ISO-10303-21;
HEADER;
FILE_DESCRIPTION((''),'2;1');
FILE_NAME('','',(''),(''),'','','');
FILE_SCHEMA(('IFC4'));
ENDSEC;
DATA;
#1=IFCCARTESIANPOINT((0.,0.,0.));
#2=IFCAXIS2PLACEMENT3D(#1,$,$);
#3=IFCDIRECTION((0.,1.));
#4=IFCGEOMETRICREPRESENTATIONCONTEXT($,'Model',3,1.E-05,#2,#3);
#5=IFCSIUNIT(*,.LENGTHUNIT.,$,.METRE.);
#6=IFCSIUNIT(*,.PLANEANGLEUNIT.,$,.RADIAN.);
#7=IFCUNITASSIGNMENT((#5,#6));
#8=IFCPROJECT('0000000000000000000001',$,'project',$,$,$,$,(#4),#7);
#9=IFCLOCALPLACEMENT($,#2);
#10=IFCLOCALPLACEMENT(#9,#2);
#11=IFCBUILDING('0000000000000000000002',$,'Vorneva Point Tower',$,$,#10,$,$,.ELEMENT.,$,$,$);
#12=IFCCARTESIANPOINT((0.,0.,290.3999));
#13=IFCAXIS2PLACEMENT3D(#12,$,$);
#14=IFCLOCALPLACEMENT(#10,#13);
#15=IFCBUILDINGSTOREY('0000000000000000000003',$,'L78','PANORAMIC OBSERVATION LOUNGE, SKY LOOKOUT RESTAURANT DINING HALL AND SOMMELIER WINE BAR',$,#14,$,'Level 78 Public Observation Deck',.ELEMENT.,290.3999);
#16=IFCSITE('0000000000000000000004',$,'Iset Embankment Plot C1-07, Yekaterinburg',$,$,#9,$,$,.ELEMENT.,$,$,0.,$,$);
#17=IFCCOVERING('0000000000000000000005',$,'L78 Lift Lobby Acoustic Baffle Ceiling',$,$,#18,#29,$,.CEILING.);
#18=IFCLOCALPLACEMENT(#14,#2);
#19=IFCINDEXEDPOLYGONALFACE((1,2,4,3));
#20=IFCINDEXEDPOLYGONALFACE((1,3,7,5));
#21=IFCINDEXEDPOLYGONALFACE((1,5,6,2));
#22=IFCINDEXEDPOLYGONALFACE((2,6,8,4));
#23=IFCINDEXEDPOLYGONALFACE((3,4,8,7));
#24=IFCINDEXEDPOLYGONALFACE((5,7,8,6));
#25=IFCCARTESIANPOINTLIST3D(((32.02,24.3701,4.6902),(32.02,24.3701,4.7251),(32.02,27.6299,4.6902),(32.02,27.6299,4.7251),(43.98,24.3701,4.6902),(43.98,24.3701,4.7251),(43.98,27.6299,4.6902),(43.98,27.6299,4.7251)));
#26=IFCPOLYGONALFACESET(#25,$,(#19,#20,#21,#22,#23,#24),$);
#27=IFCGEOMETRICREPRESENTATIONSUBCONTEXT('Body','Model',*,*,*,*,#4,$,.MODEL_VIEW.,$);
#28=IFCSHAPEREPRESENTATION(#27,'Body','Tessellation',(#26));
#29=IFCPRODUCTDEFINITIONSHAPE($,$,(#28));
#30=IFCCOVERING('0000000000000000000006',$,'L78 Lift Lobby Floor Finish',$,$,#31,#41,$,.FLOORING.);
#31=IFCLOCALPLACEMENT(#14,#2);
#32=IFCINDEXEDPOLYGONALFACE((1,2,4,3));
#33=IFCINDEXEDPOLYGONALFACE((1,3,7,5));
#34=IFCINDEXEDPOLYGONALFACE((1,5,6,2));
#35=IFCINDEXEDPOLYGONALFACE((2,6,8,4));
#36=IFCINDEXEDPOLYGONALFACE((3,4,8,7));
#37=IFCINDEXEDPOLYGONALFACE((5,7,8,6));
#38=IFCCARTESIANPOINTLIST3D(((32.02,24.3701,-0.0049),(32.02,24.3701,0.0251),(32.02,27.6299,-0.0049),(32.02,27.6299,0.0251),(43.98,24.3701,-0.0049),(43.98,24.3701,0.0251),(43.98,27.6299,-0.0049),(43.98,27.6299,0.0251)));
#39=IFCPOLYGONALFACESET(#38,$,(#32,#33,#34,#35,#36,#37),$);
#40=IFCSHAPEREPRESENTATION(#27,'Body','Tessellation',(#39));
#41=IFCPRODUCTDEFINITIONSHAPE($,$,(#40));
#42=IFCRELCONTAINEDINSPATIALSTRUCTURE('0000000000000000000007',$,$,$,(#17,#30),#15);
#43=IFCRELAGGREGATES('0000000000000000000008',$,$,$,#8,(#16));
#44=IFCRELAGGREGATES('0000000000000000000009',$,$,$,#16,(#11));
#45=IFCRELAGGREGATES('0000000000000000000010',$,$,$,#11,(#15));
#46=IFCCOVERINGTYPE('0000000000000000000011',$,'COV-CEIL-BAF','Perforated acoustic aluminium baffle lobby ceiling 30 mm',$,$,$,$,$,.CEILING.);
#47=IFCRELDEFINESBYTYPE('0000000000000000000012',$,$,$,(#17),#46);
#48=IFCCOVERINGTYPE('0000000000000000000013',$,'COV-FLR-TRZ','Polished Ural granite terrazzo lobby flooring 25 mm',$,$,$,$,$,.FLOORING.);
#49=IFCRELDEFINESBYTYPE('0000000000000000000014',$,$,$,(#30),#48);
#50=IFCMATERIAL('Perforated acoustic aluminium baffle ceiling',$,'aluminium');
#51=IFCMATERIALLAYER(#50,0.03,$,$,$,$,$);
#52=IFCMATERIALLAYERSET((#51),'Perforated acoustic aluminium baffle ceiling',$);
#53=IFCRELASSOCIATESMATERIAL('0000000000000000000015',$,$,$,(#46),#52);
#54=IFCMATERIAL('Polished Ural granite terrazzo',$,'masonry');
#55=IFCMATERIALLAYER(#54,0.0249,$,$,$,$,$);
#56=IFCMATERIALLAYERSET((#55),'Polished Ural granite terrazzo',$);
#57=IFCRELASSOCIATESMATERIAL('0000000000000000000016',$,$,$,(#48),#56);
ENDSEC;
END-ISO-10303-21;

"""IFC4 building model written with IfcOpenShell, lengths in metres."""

from ifc_helpers import new_model, si_unit, direction, frame, origin, place, context, subcontext, project, spatial, polyline, outline, extrude, material, layer, layer_set, type_object, element, save


model = new_model("IFC4")

# Units and contexts
model_context = context("Model", 3, precision=1e-05, world=origin(), true_north=direction((0.0, 1.0)))
body_context = subcontext(model_context, "Body", "Model", "MODEL_VIEW")
ifc_project = project(units=[si_unit("LENGTHUNIT", "METRE"), si_unit("PLANEANGLEUNIT", "RADIAN")], contexts=[model_context])

# Site, building, storey
site_placement = place(None, origin())
site = spatial("IfcSite", under=ifc_project, at=site_placement, Name="Iset Embankment Plot C1-07, Yekaterinburg", CompositionType="ELEMENT", RefElevation=0.0)
building_placement = place(site_placement, origin())
building = spatial("IfcBuilding", under=site, at=building_placement, Name="Vorneva Point Tower", CompositionType="ELEMENT")
storey_placement = place(building_placement, frame((0.0, 0.0, 290.3999)))
storey = spatial("IfcBuildingStorey", under=building, at=storey_placement, Name="L78", Description="PANORAMIC OBSERVATION LOUNGE, SKY LOOKOUT RESTAURANT DINING HALL AND SOMMELIER WINE BAR", LongName="Level 78 Public Observation Deck", CompositionType="ELEMENT", Elevation=290.3999)

# Coverings
ifc_material_1 = material(Name="Perforated acoustic aluminium baffle ceiling", Category="aluminium")
ifc_layer_1 = layer(ifc_material_1, 0.03)
ifc_layer_set_1 = layer_set([ifc_layer_1], Name="Perforated acoustic aluminium baffle ceiling")
covering_type_1 = type_object("IfcCoveringType", Name="COV-CEIL-BAF", Description="Perforated acoustic aluminium baffle lobby ceiling 30 mm", PredefinedType="CEILING", material=ifc_layer_set_1)
covering_1_placement = place(storey_placement, frame((0.0, 0.0, 4.6902)))
element("IfcCovering", 1, at=covering_1_placement, inside=storey, type_object=covering_type_1, Name="L78 Lift Lobby Acoustic Baffle Ceiling", PredefinedType="CEILING", context=body_context, shape_type="SweptSolid", body=[
    extrude(outline(polyline([(32.02, 24.3701), (43.98, 24.3701), (43.98, 27.6299), (32.02, 27.6299), (32.02, 24.3701)])), origin(), (0.0, 0.0, 1.0), 0.0349),
])
ifc_material_2 = material(Name="Polished Ural granite terrazzo", Category="masonry")
ifc_layer_2 = layer(ifc_material_2, 0.0249)
ifc_layer_set_2 = layer_set([ifc_layer_2], Name="Polished Ural granite terrazzo")
covering_type_2 = type_object("IfcCoveringType", Name="COV-FLR-TRZ", Description="Polished Ural granite terrazzo lobby flooring 25 mm", PredefinedType="FLOORING", material=ifc_layer_set_2)
covering_2_placement = place(storey_placement, frame((0.0, 0.0, -0.0049)))
element("IfcCovering", 2, at=covering_2_placement, inside=storey, type_object=covering_type_2, Name="L78 Lift Lobby Floor Finish", PredefinedType="FLOORING", context=body_context, shape_type="SweptSolid", body=[
    extrude(outline(polyline([(32.02, 24.3701), (43.98, 24.3701), (43.98, 27.6299), (32.02, 27.6299), (32.02, 24.3701)])), origin(), (0.0, 0.0, 1.0), 0.03),
])

save(model, "model.ifc")
